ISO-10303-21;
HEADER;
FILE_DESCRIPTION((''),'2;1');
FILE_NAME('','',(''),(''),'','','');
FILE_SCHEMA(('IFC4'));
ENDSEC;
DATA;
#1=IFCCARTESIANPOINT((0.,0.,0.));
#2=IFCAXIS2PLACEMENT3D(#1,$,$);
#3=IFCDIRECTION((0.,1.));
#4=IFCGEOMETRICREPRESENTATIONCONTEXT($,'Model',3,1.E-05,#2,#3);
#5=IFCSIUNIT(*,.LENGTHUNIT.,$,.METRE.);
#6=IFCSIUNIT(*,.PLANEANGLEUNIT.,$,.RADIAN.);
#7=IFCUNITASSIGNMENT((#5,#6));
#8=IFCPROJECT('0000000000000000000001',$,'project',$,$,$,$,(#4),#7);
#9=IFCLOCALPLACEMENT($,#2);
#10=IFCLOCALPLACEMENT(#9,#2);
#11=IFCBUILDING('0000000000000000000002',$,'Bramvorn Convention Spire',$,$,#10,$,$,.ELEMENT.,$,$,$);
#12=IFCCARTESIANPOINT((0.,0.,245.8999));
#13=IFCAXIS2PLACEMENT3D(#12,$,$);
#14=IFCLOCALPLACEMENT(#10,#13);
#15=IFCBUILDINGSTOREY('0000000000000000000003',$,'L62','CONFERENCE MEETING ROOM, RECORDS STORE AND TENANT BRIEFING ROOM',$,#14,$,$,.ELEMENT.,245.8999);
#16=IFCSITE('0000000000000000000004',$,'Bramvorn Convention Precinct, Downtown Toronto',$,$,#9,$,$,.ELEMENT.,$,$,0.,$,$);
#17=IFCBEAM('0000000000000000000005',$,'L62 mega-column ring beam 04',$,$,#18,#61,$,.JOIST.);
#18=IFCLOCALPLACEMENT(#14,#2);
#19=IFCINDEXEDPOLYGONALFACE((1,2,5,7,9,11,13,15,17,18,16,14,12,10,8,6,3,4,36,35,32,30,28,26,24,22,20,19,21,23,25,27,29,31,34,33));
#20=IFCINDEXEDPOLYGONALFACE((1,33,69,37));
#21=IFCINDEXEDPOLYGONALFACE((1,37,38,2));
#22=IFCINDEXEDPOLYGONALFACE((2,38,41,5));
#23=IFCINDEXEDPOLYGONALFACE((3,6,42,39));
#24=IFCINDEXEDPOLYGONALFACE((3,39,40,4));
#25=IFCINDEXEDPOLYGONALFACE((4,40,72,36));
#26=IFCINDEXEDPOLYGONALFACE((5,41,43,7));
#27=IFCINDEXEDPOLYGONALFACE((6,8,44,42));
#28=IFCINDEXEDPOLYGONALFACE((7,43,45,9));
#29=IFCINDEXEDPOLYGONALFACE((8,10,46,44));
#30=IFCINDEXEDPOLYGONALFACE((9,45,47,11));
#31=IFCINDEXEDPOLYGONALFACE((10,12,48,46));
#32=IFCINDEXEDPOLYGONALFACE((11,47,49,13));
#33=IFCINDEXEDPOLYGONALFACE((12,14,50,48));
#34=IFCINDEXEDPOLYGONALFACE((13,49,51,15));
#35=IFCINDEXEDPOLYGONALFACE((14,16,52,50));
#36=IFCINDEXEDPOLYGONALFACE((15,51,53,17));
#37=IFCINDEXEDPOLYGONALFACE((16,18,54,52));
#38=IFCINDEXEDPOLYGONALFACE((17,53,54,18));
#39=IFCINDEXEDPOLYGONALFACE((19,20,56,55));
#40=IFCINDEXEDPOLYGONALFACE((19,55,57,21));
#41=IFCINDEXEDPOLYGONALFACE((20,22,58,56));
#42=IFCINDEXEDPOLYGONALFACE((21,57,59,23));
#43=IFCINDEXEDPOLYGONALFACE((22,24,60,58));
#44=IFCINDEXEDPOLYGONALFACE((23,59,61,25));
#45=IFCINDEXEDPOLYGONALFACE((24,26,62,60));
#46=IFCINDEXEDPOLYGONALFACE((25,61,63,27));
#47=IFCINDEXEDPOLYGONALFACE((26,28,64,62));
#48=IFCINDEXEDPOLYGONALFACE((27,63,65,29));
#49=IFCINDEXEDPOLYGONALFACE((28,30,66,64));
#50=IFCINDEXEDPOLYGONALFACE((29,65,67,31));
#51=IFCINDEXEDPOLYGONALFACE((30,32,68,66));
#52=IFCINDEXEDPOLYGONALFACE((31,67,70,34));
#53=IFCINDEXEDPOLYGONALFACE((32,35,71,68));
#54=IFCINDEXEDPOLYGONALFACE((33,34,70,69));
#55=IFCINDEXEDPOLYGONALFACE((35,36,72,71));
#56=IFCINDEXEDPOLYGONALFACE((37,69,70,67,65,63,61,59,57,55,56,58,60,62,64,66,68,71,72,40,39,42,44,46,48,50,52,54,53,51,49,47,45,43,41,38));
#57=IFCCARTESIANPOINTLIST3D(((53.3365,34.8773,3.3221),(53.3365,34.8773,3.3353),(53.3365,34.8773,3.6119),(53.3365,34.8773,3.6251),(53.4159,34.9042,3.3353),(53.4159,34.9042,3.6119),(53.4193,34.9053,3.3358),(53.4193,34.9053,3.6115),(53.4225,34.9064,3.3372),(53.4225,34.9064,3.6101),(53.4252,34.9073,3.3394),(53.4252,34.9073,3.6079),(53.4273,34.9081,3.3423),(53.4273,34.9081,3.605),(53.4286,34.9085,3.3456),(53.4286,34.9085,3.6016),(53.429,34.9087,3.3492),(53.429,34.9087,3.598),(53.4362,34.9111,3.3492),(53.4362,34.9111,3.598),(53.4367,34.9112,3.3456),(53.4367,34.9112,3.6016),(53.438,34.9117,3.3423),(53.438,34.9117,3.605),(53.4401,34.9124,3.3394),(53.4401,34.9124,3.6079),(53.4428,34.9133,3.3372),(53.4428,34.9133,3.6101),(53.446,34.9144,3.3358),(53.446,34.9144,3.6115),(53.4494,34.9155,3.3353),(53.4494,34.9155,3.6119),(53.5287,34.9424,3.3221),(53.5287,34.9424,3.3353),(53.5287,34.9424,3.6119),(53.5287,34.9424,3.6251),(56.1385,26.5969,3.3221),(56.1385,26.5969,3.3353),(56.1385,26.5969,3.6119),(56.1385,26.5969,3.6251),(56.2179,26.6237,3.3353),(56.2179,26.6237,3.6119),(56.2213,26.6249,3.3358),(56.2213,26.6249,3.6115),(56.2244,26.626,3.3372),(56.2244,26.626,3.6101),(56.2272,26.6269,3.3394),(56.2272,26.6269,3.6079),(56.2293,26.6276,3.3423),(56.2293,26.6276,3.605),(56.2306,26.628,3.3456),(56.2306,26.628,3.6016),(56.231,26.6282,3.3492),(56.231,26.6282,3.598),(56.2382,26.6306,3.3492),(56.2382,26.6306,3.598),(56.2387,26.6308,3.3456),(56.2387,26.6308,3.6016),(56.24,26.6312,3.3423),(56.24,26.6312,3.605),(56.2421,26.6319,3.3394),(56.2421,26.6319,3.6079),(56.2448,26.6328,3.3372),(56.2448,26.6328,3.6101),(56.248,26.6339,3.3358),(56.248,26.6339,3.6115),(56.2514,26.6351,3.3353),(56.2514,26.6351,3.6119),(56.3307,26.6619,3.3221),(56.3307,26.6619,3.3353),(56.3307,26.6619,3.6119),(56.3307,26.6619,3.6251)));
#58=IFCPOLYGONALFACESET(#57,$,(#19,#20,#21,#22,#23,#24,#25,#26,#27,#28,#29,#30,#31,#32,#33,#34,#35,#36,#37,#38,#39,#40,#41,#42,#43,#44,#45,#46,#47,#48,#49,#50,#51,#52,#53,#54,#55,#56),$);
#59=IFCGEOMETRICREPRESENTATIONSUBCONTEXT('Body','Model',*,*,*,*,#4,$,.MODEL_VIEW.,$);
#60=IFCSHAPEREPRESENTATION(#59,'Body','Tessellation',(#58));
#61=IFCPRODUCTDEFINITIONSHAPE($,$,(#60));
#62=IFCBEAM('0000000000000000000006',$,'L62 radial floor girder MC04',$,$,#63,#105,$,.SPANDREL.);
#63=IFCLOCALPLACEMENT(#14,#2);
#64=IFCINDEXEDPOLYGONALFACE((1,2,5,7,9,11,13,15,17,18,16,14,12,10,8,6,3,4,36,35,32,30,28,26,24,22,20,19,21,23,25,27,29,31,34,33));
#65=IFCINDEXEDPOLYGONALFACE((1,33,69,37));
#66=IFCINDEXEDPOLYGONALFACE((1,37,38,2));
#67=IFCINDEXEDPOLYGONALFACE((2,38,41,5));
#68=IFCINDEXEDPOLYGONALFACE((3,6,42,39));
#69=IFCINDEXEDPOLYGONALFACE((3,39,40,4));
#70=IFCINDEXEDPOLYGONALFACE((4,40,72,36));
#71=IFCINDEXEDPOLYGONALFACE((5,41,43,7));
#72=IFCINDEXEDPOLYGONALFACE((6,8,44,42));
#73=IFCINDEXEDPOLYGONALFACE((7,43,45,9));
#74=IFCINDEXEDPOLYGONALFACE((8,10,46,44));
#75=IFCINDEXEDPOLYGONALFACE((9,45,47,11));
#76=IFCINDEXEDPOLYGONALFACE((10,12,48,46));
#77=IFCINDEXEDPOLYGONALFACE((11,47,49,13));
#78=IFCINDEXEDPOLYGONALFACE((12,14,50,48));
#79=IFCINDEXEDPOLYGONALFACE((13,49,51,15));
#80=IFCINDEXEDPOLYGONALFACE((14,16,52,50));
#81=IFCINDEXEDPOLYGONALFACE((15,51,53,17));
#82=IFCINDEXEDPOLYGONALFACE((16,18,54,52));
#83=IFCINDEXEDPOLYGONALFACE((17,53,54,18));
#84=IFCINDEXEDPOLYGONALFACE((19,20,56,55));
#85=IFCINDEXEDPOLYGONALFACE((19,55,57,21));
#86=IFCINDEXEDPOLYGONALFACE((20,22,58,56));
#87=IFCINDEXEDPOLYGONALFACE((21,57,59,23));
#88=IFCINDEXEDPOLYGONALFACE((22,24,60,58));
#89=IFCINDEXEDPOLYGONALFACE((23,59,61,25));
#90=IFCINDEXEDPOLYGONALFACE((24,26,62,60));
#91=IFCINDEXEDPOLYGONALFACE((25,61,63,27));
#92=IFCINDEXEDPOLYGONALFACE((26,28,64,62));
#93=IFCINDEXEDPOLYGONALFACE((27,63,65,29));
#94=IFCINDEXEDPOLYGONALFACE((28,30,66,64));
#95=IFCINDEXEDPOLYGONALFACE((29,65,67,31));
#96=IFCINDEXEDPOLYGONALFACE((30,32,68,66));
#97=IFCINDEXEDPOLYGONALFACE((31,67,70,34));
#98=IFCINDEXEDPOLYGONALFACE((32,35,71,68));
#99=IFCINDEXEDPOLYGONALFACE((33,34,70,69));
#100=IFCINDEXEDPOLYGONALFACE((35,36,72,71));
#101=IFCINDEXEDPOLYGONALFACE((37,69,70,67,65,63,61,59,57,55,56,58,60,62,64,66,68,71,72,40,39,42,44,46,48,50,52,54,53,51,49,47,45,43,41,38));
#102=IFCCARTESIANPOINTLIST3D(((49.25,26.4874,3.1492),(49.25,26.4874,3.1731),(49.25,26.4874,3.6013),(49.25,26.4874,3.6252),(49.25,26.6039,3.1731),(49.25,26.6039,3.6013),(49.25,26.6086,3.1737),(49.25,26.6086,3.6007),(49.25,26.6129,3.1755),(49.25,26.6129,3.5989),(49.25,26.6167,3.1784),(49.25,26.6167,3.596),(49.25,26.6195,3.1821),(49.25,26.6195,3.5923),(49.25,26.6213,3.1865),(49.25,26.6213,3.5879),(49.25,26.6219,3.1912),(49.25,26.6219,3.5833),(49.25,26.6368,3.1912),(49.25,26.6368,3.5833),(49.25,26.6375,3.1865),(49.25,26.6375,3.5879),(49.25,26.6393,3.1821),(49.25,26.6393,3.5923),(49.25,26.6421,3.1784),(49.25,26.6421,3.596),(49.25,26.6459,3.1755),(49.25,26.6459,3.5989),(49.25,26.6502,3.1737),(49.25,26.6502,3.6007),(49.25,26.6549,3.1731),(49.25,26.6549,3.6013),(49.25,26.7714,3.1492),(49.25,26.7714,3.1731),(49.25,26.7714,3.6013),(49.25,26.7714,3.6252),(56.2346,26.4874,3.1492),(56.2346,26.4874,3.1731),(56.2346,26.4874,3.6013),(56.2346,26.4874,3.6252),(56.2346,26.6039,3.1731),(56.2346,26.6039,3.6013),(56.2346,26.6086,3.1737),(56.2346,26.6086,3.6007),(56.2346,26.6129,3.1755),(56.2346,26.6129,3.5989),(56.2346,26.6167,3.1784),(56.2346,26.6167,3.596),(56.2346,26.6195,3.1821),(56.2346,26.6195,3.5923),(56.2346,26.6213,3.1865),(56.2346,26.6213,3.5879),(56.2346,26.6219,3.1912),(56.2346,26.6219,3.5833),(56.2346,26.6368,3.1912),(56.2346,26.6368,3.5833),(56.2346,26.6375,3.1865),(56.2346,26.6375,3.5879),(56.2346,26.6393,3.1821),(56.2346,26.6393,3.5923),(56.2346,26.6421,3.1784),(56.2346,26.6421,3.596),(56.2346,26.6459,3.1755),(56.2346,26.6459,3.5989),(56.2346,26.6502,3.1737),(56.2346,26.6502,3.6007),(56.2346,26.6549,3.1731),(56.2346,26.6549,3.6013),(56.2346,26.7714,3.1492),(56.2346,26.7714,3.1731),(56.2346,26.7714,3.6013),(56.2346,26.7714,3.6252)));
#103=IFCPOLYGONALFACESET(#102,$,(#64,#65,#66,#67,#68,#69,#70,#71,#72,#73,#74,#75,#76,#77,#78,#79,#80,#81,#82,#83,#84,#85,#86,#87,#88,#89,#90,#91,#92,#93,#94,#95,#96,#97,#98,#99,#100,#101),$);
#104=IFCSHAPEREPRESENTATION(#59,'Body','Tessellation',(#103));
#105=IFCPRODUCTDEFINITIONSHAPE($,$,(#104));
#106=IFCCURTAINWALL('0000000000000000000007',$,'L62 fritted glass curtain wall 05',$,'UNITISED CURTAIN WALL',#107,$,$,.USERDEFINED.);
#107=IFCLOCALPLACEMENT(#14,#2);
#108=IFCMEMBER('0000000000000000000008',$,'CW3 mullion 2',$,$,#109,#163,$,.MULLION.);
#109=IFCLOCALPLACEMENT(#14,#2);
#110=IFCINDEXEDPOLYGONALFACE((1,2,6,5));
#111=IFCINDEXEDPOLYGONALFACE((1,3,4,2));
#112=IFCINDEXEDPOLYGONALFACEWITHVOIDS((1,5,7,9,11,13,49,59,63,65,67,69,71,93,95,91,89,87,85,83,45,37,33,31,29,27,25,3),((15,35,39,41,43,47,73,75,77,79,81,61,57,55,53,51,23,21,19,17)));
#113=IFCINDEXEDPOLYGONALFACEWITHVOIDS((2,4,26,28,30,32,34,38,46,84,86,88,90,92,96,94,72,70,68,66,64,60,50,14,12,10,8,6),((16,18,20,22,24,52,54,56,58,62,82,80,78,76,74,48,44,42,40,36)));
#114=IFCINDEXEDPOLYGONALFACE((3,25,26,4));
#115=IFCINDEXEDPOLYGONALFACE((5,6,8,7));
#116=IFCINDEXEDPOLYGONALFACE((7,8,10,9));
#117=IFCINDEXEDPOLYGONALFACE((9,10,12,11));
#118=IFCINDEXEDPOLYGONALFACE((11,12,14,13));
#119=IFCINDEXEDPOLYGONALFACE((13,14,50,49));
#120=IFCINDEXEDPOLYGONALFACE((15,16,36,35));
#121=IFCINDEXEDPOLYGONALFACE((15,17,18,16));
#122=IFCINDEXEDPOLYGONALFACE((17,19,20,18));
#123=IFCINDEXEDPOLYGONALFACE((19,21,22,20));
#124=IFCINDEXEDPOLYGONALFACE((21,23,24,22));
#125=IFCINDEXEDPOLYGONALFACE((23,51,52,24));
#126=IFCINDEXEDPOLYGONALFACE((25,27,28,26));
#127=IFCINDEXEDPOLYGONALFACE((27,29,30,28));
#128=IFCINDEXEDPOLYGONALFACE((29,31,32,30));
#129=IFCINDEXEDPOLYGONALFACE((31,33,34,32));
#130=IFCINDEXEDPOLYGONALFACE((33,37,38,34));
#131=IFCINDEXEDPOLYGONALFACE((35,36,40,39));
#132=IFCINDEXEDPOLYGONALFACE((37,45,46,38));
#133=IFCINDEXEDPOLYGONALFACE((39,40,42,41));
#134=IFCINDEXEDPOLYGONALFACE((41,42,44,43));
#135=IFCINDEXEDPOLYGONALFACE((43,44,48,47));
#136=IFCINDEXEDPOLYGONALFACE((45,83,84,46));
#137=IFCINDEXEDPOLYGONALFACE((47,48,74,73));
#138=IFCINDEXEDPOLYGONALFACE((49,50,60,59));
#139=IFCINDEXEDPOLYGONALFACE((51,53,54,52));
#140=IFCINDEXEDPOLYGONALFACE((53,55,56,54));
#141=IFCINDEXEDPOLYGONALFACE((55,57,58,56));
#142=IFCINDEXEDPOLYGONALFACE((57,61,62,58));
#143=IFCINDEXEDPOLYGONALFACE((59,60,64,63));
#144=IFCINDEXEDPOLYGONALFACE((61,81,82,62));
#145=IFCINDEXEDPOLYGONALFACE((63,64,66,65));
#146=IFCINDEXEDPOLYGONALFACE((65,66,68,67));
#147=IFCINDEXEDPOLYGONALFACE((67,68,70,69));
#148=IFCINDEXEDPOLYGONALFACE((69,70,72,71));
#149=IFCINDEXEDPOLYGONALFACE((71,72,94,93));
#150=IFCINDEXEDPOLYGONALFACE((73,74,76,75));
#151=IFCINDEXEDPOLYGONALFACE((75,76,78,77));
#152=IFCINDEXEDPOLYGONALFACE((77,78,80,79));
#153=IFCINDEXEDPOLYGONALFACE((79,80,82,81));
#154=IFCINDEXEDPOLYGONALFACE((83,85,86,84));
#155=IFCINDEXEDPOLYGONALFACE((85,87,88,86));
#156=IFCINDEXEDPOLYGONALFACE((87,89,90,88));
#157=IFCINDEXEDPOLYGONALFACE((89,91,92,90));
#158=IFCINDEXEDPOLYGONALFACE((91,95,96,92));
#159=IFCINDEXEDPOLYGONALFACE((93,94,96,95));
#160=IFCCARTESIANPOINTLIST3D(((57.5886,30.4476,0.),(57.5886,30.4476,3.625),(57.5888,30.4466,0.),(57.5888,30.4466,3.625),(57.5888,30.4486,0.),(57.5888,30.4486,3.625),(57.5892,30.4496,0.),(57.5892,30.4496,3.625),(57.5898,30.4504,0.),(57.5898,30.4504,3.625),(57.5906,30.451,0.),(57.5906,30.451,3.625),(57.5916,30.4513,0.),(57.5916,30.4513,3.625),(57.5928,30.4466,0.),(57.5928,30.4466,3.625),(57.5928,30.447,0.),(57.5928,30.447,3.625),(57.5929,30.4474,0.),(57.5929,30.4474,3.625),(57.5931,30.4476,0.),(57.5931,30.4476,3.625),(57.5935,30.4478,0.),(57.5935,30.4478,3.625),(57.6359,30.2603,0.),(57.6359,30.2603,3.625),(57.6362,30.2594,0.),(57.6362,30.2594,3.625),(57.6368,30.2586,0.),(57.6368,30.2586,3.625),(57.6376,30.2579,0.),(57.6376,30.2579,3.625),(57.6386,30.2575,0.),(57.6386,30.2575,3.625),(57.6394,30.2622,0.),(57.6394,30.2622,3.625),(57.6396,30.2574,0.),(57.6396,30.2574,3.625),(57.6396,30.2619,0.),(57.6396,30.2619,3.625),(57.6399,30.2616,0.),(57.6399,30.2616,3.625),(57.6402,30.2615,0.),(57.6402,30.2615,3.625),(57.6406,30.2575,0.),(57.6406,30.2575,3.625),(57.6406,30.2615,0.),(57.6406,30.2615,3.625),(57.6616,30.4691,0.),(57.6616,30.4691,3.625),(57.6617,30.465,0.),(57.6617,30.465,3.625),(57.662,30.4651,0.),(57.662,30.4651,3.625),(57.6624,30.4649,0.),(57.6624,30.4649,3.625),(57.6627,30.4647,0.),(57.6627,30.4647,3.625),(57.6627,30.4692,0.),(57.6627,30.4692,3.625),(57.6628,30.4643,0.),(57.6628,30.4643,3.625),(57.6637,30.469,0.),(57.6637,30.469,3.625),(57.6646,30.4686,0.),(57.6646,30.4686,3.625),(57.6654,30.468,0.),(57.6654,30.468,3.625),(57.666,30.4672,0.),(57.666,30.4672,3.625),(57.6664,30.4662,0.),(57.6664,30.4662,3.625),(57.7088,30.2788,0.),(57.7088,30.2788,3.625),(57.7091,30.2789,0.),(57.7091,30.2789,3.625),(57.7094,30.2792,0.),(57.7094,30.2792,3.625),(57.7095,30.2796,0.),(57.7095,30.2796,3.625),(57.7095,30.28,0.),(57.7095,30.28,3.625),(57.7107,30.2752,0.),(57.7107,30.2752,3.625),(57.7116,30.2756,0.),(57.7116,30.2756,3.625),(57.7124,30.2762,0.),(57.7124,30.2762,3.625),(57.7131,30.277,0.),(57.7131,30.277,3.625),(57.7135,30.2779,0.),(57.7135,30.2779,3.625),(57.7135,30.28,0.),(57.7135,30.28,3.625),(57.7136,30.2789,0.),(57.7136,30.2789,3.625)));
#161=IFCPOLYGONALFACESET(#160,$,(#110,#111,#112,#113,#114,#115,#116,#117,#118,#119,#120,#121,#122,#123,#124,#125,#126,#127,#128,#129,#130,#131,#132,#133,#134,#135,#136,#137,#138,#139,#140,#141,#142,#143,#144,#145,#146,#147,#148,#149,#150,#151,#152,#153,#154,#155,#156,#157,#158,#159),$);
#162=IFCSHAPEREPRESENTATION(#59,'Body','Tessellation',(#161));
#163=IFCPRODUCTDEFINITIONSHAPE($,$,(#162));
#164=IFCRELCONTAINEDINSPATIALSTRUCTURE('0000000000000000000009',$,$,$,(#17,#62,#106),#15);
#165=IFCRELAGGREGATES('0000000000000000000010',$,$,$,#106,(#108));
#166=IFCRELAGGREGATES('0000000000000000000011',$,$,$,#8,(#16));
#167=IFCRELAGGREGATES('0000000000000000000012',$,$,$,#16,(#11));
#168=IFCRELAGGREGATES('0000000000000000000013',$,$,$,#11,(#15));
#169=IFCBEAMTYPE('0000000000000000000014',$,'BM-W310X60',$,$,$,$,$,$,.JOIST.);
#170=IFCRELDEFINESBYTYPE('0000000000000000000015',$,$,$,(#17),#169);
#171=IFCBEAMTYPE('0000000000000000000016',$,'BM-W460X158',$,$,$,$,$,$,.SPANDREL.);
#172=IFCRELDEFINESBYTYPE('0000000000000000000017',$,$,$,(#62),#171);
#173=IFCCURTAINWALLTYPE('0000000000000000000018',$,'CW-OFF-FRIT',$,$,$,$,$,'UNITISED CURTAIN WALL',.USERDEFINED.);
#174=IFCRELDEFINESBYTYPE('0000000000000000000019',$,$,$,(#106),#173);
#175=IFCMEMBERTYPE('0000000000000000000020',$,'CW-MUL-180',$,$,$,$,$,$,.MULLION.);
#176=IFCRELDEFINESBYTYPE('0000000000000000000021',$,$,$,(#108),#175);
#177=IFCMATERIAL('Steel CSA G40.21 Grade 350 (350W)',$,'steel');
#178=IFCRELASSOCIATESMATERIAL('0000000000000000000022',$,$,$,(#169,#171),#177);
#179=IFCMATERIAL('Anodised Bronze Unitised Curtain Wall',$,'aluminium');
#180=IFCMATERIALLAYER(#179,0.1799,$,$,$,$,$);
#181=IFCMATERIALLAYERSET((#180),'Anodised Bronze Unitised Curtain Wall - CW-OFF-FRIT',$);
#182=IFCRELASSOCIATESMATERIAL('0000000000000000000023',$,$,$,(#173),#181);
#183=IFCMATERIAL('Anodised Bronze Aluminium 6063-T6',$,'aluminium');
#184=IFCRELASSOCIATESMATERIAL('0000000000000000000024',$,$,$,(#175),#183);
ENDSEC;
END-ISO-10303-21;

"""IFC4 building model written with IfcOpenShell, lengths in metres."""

from ifc_helpers import new_model, si_unit, direction, frame, origin, origin_2d, place, context, subcontext, project, spatial, hollow_rectangle, i_section, extrude, material, layer, layer_set, material_profile, profile_set, type_object, element, aggregate, save


model = new_model("IFC4")

# Units and contexts
model_context = context("Model", 3, precision=1e-05, world=origin(), true_north=direction((0.0, 1.0)))
body_context = subcontext(model_context, "Body", "Model", "MODEL_VIEW")
ifc_project = project(units=[si_unit("LENGTHUNIT", "METRE"), si_unit("PLANEANGLEUNIT", "RADIAN")], contexts=[model_context])

# Site, building, storey
site_placement = place(None, origin())
site = spatial("IfcSite", under=ifc_project, at=site_placement, Name="Bramvorn Convention Precinct, Downtown Toronto", CompositionType="ELEMENT", RefElevation=0.0)
building_placement = place(site_placement, origin())
building = spatial("IfcBuilding", under=site, at=building_placement, Name="Bramvorn Convention Spire", CompositionType="ELEMENT")
storey_placement = place(building_placement, frame((0.0, 0.0, 245.8999)))
storey = spatial("IfcBuildingStorey", under=building, at=storey_placement, Name="L62", Description="CONFERENCE MEETING ROOM, RECORDS STORE AND TENANT BRIEFING ROOM", CompositionType="ELEMENT", Elevation=245.8999)

# Shared definitions
ifc_material_1 = material(Name="Steel CSA G40.21 Grade 350 (350W)", Category="steel")

# Beams
ifc_material_profile_1 = material_profile(ifc_material_1, i_section(OverallWidth=0.2029, OverallDepth=0.303, WebThickness=0.0076, FlangeThickness=0.0132, FilletRadius=0.0139, at=origin_2d()))
ifc_profile_set_1 = profile_set([ifc_material_profile_1], Name="Steel CSA G40.21 Grade 350 (350W) - W310X60")
beam_type_1 = type_object("IfcBeamType", Name="BM-W310X60", PredefinedType="JOIST", material=ifc_profile_set_1)
beam_1_placement = place(storey_placement, frame((56.2346, 26.6294, 3.4736), z_axis=(-0.320531, 0.947238, 0.0), x_axis=(-0.947238, -0.320531, 0.0)))
element("IfcBeam", 1, at=beam_1_placement, inside=storey, type_object=beam_type_1, Name="L62 mega-column ring beam 04", PredefinedType="JOIST", context=body_context, shape_type="SweptSolid", body=[
    extrude(i_section(OverallWidth=0.2029, OverallDepth=0.303, WebThickness=0.0076, FlangeThickness=0.0132, FilletRadius=0.0139, at=origin_2d()), origin(), (0.0, 0.0, 1.0), 8.7417),
])
ifc_material_profile_2 = material_profile(ifc_material_1, i_section(OverallWidth=0.2839, OverallDepth=0.4761, WebThickness=0.0149, FlangeThickness=0.0239, FilletRadius=0.0181, at=origin_2d()))
ifc_profile_set_2 = profile_set([ifc_material_profile_2], Name="Steel CSA G40.21 Grade 350 (350W) - W460X158")
beam_type_2 = type_object("IfcBeamType", Name="BM-W460X158", PredefinedType="SPANDREL", material=ifc_profile_set_2)
beam_2_placement = place(storey_placement, frame((49.25, 26.6294, 3.3872), z_axis=(1.0, 0.0, 0.0), x_axis=(0.0, 1.0, 0.0)))
element("IfcBeam", 2, at=beam_2_placement, inside=storey, type_object=beam_type_2, Name="L62 radial floor girder MC04", PredefinedType="SPANDREL", context=body_context, shape_type="SweptSolid", body=[
    extrude(i_section(OverallWidth=0.2839, OverallDepth=0.4761, WebThickness=0.0149, FlangeThickness=0.0239, FilletRadius=0.0181, at=origin_2d()), origin(), (0.0, 0.0, 1.0), 6.9846),
])

# Curtain wall, member
ifc_material_2 = material(Name="Anodised Bronze Unitised Curtain Wall", Category="aluminium")
ifc_layer_1 = layer(ifc_material_2, 0.1799)
ifc_layer_set_1 = layer_set([ifc_layer_1], Name="Anodised Bronze Unitised Curtain Wall - CW-OFF-FRIT")
curtain_wall_type = type_object("IfcCurtainWallType", Name="CW-OFF-FRIT", ElementType="UNITISED CURTAIN WALL", PredefinedType="USERDEFINED", material=ifc_layer_set_1)
curtain_wall_placement = place(storey_placement, origin())
curtain_wall = element("IfcCurtainWall", 3, at=curtain_wall_placement, inside=storey, type_object=curtain_wall_type, Name="L62 fritted glass curtain wall 05", ObjectType="UNITISED CURTAIN WALL", PredefinedType="USERDEFINED")
ifc_material_3 = material(Name="Anodised Bronze Aluminium 6063-T6", Category="aluminium")
ifc_material_profile_3 = material_profile(ifc_material_3, hollow_rectangle(XDim=0.0801, YDim=0.2, WallThickness=0.0039, InnerFilletRadius=0.001, OuterFilletRadius=0.0039, at=origin_2d()))
ifc_profile_set_3 = profile_set([ifc_material_profile_3], Name="Anodised Bronze Aluminium 6063-T6 - CWM80X200")
member_type_1 = type_object("IfcMemberType", Name="CW-MUL-180", PredefinedType="MULLION", material=ifc_profile_set_3)
member_1_placement = place(storey_placement, frame((57.6511, 30.3633, 0.0), z_axis=(0.0, 0.0, 1.0), x_axis=(0.969477, 0.245181, 0.0)))
member_1 = element("IfcMember", 4, at=member_1_placement, type_object=member_type_1, Name="CW3 mullion 2", PredefinedType="MULLION", context=body_context, shape_type="SweptSolid", body=[
    extrude(hollow_rectangle(XDim=0.0801, YDim=0.2, WallThickness=0.0039, InnerFilletRadius=0.001, OuterFilletRadius=0.0039, at=origin_2d()), origin(), (0.0, 0.0, 1.0), 3.625),
])
aggregate(curtain_wall, [member_1])

save(model, "model.ifc")
